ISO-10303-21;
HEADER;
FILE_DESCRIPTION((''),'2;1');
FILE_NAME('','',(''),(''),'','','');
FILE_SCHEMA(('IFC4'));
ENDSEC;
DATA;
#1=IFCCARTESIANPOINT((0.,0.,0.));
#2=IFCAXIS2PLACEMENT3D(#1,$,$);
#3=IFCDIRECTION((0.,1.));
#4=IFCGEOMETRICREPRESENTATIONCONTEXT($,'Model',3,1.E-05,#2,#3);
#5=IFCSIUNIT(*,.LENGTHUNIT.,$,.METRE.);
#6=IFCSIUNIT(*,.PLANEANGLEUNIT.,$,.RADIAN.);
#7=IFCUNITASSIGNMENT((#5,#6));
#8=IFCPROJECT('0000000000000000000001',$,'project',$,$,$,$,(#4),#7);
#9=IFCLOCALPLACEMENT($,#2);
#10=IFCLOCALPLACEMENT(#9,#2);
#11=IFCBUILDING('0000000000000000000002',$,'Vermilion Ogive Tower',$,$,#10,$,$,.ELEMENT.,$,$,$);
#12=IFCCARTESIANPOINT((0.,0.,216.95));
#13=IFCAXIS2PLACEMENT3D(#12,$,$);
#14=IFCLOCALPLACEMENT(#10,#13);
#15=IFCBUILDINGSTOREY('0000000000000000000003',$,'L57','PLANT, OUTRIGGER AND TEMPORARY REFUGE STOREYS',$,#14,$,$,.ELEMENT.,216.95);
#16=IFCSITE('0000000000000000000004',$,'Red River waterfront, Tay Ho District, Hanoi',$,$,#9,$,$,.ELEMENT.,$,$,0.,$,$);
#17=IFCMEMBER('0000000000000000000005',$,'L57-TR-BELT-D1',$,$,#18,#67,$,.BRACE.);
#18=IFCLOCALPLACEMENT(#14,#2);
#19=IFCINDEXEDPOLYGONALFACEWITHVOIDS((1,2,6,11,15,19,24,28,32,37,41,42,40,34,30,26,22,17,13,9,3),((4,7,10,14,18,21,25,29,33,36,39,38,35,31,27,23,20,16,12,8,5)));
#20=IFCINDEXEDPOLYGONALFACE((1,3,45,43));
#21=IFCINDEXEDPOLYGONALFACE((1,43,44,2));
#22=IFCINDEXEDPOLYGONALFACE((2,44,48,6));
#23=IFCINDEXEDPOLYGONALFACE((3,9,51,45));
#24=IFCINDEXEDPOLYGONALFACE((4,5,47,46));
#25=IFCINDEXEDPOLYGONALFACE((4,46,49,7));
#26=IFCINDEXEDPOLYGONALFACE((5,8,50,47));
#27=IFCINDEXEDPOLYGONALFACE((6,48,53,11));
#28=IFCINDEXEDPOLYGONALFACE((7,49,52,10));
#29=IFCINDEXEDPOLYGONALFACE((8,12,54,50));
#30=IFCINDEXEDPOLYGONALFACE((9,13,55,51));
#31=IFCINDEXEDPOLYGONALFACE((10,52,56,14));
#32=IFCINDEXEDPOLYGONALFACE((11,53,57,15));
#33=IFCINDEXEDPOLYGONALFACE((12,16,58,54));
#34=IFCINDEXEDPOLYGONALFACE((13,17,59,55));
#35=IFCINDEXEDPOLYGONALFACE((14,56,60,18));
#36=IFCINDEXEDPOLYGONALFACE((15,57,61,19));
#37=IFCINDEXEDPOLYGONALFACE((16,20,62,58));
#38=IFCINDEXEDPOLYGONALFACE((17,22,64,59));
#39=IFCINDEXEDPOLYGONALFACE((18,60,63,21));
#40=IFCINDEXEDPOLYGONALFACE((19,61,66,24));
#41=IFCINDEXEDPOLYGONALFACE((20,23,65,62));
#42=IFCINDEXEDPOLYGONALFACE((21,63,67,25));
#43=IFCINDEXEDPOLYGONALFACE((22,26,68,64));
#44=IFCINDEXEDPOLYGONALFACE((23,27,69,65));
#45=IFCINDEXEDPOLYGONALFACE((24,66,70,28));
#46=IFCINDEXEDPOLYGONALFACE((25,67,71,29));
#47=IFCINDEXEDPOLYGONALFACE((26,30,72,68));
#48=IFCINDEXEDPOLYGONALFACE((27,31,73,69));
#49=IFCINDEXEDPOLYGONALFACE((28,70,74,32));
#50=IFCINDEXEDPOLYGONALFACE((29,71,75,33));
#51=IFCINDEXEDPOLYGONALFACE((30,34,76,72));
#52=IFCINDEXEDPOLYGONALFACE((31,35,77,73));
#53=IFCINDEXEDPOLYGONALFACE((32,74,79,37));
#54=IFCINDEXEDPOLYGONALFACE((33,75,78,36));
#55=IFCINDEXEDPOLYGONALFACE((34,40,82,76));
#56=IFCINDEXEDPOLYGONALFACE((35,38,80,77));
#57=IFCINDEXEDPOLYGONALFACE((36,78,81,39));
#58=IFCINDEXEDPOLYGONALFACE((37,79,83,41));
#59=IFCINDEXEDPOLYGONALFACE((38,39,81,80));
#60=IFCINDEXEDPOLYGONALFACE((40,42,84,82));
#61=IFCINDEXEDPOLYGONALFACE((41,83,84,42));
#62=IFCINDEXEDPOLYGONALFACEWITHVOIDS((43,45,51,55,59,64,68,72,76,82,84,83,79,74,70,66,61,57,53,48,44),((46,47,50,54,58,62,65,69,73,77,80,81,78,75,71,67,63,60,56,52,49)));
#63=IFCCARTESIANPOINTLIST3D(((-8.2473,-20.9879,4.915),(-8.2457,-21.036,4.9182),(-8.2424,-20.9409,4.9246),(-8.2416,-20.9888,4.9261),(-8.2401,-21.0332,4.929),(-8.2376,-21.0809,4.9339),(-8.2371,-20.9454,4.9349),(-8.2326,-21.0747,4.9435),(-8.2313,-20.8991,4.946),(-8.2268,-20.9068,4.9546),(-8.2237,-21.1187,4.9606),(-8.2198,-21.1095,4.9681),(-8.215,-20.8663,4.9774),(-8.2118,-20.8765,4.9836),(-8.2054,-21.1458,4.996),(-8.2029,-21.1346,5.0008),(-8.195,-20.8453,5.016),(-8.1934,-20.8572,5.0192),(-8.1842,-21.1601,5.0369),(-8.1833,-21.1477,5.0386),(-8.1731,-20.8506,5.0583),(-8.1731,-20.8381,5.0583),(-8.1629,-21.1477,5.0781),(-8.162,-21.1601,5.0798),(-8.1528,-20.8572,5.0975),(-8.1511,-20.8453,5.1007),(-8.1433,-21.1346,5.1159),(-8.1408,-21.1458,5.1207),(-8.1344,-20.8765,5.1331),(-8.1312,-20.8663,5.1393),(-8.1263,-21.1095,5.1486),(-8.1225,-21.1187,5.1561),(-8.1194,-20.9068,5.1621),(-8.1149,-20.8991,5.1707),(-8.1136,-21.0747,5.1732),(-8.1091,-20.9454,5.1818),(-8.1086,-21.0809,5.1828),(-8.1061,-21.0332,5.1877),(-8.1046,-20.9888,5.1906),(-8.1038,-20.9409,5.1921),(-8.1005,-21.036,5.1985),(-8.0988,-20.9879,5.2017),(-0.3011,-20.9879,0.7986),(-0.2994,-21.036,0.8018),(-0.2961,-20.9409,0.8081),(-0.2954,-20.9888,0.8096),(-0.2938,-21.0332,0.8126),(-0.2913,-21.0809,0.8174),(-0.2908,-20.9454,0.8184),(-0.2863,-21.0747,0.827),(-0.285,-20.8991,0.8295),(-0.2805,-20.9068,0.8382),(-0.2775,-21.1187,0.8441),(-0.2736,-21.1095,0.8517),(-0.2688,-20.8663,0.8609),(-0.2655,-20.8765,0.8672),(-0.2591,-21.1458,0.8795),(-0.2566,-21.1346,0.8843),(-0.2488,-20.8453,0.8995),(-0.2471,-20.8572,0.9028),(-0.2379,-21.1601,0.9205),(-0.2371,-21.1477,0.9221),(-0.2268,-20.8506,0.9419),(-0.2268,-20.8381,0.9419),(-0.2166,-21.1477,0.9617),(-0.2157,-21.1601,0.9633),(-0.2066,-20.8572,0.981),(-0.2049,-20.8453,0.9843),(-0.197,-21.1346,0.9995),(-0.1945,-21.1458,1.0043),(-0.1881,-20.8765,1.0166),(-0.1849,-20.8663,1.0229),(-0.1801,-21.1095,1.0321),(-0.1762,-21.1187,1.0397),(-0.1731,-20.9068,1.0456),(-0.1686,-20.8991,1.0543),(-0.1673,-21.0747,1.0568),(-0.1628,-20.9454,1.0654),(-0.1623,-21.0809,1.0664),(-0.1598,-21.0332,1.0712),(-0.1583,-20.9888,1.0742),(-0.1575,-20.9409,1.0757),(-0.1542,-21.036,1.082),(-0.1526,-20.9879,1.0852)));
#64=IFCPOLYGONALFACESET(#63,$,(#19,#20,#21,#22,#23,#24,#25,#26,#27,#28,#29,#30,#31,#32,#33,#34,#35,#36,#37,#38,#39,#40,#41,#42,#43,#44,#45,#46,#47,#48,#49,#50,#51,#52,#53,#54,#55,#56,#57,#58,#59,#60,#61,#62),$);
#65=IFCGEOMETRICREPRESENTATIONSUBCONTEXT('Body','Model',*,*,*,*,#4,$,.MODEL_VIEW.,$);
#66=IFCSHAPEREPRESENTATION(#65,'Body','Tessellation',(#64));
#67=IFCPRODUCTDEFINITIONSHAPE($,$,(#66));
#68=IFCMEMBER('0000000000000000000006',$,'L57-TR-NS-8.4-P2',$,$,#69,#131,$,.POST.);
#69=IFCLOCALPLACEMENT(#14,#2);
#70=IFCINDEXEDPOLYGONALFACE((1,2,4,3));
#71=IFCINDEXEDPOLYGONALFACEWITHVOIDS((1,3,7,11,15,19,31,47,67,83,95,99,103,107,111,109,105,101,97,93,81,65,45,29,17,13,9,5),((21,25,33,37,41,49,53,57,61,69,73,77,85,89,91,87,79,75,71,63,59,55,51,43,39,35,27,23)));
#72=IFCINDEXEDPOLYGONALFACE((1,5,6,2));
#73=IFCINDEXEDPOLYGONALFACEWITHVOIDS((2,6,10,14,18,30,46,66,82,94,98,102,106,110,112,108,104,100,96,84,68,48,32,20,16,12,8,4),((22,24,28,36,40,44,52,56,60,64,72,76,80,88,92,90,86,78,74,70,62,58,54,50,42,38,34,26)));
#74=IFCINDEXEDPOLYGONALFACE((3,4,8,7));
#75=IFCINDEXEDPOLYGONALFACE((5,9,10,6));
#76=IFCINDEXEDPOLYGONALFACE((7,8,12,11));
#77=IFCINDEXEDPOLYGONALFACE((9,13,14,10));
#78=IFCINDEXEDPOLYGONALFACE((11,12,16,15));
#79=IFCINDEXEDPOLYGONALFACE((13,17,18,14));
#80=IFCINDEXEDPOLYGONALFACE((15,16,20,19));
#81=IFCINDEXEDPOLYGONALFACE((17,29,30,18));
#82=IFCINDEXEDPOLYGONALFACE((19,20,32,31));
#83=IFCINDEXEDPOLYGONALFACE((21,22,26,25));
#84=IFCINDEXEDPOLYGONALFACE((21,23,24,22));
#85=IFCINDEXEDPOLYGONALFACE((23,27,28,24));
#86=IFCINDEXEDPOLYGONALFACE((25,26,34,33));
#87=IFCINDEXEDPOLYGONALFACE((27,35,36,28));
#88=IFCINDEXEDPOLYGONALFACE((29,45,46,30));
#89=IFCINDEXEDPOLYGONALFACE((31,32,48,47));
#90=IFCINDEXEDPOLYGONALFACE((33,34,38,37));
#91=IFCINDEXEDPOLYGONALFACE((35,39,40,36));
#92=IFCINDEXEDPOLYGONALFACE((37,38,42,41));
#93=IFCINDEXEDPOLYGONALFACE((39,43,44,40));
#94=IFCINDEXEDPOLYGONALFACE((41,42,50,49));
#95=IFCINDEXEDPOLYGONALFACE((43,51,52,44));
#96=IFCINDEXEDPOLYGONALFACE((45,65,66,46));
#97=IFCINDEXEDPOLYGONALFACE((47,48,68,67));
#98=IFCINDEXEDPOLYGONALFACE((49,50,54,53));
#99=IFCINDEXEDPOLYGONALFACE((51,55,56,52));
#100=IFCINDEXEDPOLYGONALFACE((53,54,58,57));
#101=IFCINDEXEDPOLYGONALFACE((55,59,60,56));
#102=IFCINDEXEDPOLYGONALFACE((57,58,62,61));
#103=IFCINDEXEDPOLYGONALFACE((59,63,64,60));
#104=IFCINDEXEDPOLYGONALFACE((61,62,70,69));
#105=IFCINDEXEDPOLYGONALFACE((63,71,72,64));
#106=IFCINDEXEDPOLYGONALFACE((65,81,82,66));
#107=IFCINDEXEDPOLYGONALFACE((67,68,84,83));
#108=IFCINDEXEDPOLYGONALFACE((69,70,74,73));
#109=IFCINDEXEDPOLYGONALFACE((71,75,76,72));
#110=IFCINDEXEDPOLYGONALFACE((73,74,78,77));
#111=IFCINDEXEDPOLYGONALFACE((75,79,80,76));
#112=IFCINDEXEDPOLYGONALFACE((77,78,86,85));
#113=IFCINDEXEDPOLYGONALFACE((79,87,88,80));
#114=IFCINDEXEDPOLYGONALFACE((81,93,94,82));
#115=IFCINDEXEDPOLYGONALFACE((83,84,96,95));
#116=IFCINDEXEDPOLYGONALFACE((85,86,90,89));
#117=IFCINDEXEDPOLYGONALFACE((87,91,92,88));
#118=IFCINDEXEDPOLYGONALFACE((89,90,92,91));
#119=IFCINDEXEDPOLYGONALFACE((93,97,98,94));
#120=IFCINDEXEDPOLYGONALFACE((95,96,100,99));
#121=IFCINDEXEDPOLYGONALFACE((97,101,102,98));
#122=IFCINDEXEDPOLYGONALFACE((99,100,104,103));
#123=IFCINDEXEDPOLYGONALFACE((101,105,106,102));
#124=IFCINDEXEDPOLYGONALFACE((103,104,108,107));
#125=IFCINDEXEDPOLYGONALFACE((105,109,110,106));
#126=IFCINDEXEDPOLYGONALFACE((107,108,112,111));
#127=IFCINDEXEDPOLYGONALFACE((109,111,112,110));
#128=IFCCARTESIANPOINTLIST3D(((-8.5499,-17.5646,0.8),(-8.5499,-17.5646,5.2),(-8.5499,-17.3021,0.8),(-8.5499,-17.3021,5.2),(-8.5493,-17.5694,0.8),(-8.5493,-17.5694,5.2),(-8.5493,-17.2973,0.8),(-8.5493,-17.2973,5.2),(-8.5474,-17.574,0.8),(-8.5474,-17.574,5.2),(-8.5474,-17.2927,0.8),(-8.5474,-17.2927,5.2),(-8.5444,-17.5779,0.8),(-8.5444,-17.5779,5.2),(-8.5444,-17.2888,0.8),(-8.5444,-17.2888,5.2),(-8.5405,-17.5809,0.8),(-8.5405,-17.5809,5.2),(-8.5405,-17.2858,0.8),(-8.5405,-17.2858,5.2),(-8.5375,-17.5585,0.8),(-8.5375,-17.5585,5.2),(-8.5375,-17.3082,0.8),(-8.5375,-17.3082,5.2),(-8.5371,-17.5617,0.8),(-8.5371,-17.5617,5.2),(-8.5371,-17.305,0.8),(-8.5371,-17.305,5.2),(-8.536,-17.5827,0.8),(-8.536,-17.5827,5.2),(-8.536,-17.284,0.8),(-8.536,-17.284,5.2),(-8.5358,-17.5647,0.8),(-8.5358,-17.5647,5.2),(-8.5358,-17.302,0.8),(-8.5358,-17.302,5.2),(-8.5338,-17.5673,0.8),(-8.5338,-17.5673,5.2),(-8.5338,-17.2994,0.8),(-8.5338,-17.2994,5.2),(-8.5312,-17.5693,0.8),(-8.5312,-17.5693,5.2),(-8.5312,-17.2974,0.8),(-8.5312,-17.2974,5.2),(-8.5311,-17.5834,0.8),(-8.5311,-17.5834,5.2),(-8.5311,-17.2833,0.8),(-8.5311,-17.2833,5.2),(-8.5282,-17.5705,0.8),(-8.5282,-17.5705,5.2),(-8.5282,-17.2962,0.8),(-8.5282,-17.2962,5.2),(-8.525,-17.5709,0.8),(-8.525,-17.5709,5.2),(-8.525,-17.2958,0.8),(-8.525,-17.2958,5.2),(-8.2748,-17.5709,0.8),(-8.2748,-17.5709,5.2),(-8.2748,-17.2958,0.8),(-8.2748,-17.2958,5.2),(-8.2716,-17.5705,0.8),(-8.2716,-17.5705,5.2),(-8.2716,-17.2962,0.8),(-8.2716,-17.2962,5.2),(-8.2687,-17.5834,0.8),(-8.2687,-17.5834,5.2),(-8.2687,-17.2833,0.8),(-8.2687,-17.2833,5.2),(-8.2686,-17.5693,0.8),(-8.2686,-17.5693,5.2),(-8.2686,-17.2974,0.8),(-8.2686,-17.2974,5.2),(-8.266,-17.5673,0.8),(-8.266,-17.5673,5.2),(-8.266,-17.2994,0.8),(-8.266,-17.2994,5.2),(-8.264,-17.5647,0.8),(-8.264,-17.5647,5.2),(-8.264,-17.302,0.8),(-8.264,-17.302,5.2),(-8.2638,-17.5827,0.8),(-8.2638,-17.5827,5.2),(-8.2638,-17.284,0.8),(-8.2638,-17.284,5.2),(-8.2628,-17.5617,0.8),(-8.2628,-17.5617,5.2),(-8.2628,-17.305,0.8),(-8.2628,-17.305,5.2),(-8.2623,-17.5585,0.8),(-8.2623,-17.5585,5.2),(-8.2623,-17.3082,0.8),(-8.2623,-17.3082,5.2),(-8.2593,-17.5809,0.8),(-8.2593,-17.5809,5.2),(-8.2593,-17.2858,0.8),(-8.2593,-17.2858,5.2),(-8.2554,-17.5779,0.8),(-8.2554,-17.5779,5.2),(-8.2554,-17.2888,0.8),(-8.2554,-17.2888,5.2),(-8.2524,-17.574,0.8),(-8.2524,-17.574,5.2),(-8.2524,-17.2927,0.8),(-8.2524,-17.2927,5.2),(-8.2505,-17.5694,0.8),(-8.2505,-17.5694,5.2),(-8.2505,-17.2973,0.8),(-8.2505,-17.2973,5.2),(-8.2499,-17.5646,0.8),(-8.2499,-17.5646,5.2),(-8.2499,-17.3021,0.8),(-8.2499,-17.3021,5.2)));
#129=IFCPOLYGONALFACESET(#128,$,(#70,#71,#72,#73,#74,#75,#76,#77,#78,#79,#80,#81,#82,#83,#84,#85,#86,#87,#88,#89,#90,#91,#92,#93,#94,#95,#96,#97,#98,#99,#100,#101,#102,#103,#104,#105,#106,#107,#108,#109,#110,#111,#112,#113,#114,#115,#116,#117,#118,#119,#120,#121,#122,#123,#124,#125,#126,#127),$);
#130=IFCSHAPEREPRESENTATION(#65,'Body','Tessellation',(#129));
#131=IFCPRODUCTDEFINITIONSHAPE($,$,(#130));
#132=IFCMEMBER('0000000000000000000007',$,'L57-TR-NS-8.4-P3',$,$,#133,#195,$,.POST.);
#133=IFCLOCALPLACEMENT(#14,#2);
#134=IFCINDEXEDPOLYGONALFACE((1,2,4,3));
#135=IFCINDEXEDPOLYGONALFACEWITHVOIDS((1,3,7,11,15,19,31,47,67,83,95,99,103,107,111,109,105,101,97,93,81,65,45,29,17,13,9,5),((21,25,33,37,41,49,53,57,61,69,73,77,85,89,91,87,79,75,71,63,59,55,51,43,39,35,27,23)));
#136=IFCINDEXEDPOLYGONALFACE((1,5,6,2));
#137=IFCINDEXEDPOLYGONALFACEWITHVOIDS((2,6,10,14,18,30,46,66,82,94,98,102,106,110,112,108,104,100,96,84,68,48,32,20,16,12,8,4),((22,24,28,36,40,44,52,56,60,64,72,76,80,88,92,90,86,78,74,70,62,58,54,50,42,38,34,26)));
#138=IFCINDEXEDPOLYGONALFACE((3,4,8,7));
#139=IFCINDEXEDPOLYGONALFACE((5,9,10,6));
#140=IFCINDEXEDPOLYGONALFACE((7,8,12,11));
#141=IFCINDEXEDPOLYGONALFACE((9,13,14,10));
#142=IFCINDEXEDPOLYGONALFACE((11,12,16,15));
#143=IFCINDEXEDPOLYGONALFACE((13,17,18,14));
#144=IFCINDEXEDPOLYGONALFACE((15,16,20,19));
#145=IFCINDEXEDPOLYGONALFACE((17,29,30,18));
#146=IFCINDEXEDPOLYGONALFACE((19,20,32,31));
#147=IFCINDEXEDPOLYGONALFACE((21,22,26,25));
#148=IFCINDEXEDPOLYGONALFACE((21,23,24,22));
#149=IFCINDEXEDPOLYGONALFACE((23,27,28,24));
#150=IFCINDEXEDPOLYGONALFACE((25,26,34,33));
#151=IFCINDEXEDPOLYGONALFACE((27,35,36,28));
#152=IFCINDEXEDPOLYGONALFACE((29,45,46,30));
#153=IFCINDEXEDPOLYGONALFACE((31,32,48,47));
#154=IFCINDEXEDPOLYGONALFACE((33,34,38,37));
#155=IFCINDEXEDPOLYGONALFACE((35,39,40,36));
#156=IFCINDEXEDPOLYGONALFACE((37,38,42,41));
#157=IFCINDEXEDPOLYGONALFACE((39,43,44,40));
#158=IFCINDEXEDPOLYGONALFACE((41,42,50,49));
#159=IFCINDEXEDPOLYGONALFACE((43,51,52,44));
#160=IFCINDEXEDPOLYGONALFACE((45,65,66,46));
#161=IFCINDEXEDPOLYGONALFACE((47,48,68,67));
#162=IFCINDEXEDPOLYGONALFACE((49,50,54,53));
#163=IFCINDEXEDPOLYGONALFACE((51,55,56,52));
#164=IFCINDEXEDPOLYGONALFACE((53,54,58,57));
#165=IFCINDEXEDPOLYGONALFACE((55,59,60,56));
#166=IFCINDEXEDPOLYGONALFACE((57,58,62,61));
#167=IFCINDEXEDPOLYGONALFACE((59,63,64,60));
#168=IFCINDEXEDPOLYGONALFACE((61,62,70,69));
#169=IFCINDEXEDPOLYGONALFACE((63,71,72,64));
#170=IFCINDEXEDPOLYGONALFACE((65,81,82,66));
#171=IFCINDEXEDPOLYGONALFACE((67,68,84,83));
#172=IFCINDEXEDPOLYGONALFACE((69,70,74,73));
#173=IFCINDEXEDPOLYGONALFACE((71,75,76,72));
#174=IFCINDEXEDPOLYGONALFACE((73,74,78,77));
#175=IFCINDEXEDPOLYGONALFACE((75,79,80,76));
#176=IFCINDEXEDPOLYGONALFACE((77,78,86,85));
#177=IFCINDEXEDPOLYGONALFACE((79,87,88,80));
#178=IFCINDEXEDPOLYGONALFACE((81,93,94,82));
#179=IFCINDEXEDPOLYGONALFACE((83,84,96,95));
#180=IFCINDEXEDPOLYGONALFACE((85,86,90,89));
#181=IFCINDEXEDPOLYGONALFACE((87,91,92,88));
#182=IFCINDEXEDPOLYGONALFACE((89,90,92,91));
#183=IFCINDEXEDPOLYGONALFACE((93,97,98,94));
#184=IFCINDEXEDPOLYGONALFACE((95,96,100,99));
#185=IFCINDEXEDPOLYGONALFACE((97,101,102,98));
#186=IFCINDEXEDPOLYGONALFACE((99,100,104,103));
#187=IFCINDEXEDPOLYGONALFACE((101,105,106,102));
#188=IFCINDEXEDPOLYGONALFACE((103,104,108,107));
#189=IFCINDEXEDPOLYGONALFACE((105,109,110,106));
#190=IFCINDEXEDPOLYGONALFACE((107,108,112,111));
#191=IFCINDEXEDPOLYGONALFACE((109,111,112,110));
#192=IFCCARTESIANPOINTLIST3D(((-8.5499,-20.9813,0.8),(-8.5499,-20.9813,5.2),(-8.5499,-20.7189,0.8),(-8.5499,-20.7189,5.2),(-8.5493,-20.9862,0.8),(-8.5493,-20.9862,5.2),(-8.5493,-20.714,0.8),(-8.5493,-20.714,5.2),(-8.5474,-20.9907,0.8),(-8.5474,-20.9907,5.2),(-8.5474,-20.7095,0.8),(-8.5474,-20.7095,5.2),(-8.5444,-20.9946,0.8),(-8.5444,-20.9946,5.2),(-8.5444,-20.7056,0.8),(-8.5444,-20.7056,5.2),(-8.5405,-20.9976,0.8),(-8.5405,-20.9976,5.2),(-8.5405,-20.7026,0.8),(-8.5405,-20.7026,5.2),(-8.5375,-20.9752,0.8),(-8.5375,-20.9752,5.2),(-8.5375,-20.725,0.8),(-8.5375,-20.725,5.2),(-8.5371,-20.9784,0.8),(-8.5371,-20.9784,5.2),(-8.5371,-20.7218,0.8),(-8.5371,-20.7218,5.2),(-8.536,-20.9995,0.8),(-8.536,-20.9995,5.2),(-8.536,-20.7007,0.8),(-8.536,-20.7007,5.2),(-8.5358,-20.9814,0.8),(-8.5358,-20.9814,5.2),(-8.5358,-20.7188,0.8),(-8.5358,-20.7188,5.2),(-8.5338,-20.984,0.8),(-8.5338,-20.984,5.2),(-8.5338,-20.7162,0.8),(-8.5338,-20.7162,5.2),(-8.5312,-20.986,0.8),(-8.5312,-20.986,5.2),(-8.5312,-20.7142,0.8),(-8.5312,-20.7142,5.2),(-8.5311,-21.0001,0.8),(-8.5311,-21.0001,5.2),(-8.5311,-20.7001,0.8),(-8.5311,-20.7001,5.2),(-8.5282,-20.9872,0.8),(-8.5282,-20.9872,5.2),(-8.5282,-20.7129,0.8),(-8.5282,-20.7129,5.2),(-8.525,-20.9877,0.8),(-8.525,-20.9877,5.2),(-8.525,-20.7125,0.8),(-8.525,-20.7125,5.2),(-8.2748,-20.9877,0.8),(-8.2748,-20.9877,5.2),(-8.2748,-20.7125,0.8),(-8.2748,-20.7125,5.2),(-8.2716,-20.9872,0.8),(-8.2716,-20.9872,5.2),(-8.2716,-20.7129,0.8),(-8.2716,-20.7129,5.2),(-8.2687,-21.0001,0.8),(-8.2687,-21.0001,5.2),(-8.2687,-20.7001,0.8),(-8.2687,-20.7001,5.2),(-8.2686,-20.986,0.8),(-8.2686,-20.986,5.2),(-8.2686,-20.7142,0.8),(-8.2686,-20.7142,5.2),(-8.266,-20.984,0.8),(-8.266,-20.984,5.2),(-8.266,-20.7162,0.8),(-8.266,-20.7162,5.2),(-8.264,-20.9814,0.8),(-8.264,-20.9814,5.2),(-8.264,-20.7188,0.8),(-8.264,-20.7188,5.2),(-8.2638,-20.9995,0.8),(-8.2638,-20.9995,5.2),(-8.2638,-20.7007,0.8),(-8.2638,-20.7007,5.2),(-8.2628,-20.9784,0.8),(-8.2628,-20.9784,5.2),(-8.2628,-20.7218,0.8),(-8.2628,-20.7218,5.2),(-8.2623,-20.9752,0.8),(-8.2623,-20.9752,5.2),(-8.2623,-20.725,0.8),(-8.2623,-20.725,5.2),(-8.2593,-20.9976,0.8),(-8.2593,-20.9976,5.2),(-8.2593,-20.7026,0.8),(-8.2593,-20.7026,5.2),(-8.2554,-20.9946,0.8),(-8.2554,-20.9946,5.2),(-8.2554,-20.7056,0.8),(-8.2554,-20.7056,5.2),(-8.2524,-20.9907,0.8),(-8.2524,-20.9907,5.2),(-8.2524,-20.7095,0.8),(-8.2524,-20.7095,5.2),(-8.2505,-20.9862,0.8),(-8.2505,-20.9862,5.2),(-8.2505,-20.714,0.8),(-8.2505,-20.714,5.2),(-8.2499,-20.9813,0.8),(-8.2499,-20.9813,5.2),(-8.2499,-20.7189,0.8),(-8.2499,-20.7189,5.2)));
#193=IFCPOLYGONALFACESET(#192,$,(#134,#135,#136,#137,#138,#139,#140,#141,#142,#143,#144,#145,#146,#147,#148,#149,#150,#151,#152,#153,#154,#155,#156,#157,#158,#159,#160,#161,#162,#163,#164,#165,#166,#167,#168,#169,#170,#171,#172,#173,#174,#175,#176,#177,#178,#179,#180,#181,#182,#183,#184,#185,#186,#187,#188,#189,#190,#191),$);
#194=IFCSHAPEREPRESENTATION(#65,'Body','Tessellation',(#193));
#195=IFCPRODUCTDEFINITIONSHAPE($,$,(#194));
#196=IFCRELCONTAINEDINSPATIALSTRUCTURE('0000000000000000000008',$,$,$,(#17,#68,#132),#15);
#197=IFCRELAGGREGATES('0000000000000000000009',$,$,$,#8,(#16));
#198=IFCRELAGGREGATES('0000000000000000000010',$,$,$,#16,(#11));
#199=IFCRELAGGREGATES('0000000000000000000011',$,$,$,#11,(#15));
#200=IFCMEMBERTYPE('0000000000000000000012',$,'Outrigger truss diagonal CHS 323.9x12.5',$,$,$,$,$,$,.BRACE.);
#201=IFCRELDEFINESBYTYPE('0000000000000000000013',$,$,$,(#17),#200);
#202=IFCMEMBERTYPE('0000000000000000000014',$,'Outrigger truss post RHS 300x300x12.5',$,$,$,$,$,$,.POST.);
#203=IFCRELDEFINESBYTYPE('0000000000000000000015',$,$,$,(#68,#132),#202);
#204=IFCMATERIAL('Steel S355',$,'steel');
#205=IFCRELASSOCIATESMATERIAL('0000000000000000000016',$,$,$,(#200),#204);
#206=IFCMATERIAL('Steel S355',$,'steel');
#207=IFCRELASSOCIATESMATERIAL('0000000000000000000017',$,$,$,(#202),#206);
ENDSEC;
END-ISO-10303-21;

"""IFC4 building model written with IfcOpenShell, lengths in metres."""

from ifc_helpers import new_model, si_unit, direction, frame, origin, origin_2d, place, context, subcontext, project, spatial, hollow_rectangle, hollow_circle, extrude, material, material_profile, profile_set, type_object, element, save


model = new_model("IFC4")

# Units and contexts
model_context = context("Model", 3, precision=1e-05, world=origin(), true_north=direction((0.0, 1.0)))
body_context = subcontext(model_context, "Body", "Model", "MODEL_VIEW")
ifc_project = project(units=[si_unit("LENGTHUNIT", "METRE"), si_unit("PLANEANGLEUNIT", "RADIAN")], contexts=[model_context])

# Site, building, storey
site_placement = place(None, origin())
site = spatial("IfcSite", under=ifc_project, at=site_placement, Name="Red River waterfront, Tay Ho District, Hanoi", CompositionType="ELEMENT", RefElevation=0.0)
building_placement = place(site_placement, origin())
building = spatial("IfcBuilding", under=site, at=building_placement, Name="Vermilion Ogive Tower", CompositionType="ELEMENT")
storey_placement = place(building_placement, frame((0.0, 0.0, 216.95)))
storey = spatial("IfcBuildingStorey", under=building, at=storey_placement, Name="L57", Description="PLANT, OUTRIGGER AND TEMPORARY REFUGE STOREYS", CompositionType="ELEMENT", Elevation=216.95)

# Members
ifc_material_1 = material(Name="Steel S355", Category="steel")
ifc_material_profile_1 = material_profile(ifc_material_1, hollow_circle(Radius=0.1619, WallThickness=0.0125, at=origin_2d()), Name="CHS 323.9x12.5")
ifc_profile_set_1 = profile_set([ifc_material_profile_1], Name="Steel S355")
member_type_1 = type_object("IfcMemberType", Name="Outrigger truss diagonal CHS 323.9x12.5", PredefinedType="BRACE", material=ifc_profile_set_1)
member_1_placement = place(storey_placement, frame((-8.1731, -21.0, 5.0583), z_axis=(0.88793, 0.0, -0.459979), x_axis=(0.0, 1.0, 0.0)))
element("IfcMember", 1, at=member_1_placement, inside=storey, type_object=member_type_1, Name="L57-TR-BELT-D1", PredefinedType="BRACE", context=body_context, shape_type="SweptSolid", body=[
    extrude(hollow_circle(Radius=0.1619, WallThickness=0.0125, at=origin_2d()), origin(), (0.0, 0.0, 1.0), 8.9492),
])
ifc_material_2 = material(Name="Steel S355", Category="steel")
ifc_material_profile_2 = material_profile(ifc_material_2, hollow_rectangle(XDim=0.3, YDim=0.3, WallThickness=0.0125, InnerFilletRadius=0.0125, OuterFilletRadius=0.0188, at=origin_2d()), Name="RHS 300x300x12.5")
ifc_profile_set_2 = profile_set([ifc_material_profile_2], Name="Steel S355")
member_type_2 = type_object("IfcMemberType", Name="Outrigger truss post RHS 300x300x12.5", PredefinedType="POST", material=ifc_profile_set_2)
for number, where, z_axis, x_axis, name in (
    (2, (-8.3999, -17.4333, 0.8), (0.0, 0.0, 1.0), (1.0, 0.0, 0.0), "L57-TR-NS-8.4-P2"),
    (3, (-8.3999, -20.8501, 0.8), (0.0, 0.0, 1.0), (1.0, 0.0, 0.0), "L57-TR-NS-8.4-P3"),
):
    element("IfcMember", number, at=place(storey_placement, frame(where, z_axis=z_axis, x_axis=x_axis)), inside=storey, type_object=member_type_2, Name=name, PredefinedType="POST", context=body_context, shape_type="SweptSolid", body=[
        extrude(hollow_rectangle(XDim=0.3, YDim=0.3, WallThickness=0.0125, InnerFilletRadius=0.0125, OuterFilletRadius=0.0188, at=origin_2d()), origin(), (0.0, 0.0, 1.0), 4.3999),
    ])

save(model, "model.ifc")
